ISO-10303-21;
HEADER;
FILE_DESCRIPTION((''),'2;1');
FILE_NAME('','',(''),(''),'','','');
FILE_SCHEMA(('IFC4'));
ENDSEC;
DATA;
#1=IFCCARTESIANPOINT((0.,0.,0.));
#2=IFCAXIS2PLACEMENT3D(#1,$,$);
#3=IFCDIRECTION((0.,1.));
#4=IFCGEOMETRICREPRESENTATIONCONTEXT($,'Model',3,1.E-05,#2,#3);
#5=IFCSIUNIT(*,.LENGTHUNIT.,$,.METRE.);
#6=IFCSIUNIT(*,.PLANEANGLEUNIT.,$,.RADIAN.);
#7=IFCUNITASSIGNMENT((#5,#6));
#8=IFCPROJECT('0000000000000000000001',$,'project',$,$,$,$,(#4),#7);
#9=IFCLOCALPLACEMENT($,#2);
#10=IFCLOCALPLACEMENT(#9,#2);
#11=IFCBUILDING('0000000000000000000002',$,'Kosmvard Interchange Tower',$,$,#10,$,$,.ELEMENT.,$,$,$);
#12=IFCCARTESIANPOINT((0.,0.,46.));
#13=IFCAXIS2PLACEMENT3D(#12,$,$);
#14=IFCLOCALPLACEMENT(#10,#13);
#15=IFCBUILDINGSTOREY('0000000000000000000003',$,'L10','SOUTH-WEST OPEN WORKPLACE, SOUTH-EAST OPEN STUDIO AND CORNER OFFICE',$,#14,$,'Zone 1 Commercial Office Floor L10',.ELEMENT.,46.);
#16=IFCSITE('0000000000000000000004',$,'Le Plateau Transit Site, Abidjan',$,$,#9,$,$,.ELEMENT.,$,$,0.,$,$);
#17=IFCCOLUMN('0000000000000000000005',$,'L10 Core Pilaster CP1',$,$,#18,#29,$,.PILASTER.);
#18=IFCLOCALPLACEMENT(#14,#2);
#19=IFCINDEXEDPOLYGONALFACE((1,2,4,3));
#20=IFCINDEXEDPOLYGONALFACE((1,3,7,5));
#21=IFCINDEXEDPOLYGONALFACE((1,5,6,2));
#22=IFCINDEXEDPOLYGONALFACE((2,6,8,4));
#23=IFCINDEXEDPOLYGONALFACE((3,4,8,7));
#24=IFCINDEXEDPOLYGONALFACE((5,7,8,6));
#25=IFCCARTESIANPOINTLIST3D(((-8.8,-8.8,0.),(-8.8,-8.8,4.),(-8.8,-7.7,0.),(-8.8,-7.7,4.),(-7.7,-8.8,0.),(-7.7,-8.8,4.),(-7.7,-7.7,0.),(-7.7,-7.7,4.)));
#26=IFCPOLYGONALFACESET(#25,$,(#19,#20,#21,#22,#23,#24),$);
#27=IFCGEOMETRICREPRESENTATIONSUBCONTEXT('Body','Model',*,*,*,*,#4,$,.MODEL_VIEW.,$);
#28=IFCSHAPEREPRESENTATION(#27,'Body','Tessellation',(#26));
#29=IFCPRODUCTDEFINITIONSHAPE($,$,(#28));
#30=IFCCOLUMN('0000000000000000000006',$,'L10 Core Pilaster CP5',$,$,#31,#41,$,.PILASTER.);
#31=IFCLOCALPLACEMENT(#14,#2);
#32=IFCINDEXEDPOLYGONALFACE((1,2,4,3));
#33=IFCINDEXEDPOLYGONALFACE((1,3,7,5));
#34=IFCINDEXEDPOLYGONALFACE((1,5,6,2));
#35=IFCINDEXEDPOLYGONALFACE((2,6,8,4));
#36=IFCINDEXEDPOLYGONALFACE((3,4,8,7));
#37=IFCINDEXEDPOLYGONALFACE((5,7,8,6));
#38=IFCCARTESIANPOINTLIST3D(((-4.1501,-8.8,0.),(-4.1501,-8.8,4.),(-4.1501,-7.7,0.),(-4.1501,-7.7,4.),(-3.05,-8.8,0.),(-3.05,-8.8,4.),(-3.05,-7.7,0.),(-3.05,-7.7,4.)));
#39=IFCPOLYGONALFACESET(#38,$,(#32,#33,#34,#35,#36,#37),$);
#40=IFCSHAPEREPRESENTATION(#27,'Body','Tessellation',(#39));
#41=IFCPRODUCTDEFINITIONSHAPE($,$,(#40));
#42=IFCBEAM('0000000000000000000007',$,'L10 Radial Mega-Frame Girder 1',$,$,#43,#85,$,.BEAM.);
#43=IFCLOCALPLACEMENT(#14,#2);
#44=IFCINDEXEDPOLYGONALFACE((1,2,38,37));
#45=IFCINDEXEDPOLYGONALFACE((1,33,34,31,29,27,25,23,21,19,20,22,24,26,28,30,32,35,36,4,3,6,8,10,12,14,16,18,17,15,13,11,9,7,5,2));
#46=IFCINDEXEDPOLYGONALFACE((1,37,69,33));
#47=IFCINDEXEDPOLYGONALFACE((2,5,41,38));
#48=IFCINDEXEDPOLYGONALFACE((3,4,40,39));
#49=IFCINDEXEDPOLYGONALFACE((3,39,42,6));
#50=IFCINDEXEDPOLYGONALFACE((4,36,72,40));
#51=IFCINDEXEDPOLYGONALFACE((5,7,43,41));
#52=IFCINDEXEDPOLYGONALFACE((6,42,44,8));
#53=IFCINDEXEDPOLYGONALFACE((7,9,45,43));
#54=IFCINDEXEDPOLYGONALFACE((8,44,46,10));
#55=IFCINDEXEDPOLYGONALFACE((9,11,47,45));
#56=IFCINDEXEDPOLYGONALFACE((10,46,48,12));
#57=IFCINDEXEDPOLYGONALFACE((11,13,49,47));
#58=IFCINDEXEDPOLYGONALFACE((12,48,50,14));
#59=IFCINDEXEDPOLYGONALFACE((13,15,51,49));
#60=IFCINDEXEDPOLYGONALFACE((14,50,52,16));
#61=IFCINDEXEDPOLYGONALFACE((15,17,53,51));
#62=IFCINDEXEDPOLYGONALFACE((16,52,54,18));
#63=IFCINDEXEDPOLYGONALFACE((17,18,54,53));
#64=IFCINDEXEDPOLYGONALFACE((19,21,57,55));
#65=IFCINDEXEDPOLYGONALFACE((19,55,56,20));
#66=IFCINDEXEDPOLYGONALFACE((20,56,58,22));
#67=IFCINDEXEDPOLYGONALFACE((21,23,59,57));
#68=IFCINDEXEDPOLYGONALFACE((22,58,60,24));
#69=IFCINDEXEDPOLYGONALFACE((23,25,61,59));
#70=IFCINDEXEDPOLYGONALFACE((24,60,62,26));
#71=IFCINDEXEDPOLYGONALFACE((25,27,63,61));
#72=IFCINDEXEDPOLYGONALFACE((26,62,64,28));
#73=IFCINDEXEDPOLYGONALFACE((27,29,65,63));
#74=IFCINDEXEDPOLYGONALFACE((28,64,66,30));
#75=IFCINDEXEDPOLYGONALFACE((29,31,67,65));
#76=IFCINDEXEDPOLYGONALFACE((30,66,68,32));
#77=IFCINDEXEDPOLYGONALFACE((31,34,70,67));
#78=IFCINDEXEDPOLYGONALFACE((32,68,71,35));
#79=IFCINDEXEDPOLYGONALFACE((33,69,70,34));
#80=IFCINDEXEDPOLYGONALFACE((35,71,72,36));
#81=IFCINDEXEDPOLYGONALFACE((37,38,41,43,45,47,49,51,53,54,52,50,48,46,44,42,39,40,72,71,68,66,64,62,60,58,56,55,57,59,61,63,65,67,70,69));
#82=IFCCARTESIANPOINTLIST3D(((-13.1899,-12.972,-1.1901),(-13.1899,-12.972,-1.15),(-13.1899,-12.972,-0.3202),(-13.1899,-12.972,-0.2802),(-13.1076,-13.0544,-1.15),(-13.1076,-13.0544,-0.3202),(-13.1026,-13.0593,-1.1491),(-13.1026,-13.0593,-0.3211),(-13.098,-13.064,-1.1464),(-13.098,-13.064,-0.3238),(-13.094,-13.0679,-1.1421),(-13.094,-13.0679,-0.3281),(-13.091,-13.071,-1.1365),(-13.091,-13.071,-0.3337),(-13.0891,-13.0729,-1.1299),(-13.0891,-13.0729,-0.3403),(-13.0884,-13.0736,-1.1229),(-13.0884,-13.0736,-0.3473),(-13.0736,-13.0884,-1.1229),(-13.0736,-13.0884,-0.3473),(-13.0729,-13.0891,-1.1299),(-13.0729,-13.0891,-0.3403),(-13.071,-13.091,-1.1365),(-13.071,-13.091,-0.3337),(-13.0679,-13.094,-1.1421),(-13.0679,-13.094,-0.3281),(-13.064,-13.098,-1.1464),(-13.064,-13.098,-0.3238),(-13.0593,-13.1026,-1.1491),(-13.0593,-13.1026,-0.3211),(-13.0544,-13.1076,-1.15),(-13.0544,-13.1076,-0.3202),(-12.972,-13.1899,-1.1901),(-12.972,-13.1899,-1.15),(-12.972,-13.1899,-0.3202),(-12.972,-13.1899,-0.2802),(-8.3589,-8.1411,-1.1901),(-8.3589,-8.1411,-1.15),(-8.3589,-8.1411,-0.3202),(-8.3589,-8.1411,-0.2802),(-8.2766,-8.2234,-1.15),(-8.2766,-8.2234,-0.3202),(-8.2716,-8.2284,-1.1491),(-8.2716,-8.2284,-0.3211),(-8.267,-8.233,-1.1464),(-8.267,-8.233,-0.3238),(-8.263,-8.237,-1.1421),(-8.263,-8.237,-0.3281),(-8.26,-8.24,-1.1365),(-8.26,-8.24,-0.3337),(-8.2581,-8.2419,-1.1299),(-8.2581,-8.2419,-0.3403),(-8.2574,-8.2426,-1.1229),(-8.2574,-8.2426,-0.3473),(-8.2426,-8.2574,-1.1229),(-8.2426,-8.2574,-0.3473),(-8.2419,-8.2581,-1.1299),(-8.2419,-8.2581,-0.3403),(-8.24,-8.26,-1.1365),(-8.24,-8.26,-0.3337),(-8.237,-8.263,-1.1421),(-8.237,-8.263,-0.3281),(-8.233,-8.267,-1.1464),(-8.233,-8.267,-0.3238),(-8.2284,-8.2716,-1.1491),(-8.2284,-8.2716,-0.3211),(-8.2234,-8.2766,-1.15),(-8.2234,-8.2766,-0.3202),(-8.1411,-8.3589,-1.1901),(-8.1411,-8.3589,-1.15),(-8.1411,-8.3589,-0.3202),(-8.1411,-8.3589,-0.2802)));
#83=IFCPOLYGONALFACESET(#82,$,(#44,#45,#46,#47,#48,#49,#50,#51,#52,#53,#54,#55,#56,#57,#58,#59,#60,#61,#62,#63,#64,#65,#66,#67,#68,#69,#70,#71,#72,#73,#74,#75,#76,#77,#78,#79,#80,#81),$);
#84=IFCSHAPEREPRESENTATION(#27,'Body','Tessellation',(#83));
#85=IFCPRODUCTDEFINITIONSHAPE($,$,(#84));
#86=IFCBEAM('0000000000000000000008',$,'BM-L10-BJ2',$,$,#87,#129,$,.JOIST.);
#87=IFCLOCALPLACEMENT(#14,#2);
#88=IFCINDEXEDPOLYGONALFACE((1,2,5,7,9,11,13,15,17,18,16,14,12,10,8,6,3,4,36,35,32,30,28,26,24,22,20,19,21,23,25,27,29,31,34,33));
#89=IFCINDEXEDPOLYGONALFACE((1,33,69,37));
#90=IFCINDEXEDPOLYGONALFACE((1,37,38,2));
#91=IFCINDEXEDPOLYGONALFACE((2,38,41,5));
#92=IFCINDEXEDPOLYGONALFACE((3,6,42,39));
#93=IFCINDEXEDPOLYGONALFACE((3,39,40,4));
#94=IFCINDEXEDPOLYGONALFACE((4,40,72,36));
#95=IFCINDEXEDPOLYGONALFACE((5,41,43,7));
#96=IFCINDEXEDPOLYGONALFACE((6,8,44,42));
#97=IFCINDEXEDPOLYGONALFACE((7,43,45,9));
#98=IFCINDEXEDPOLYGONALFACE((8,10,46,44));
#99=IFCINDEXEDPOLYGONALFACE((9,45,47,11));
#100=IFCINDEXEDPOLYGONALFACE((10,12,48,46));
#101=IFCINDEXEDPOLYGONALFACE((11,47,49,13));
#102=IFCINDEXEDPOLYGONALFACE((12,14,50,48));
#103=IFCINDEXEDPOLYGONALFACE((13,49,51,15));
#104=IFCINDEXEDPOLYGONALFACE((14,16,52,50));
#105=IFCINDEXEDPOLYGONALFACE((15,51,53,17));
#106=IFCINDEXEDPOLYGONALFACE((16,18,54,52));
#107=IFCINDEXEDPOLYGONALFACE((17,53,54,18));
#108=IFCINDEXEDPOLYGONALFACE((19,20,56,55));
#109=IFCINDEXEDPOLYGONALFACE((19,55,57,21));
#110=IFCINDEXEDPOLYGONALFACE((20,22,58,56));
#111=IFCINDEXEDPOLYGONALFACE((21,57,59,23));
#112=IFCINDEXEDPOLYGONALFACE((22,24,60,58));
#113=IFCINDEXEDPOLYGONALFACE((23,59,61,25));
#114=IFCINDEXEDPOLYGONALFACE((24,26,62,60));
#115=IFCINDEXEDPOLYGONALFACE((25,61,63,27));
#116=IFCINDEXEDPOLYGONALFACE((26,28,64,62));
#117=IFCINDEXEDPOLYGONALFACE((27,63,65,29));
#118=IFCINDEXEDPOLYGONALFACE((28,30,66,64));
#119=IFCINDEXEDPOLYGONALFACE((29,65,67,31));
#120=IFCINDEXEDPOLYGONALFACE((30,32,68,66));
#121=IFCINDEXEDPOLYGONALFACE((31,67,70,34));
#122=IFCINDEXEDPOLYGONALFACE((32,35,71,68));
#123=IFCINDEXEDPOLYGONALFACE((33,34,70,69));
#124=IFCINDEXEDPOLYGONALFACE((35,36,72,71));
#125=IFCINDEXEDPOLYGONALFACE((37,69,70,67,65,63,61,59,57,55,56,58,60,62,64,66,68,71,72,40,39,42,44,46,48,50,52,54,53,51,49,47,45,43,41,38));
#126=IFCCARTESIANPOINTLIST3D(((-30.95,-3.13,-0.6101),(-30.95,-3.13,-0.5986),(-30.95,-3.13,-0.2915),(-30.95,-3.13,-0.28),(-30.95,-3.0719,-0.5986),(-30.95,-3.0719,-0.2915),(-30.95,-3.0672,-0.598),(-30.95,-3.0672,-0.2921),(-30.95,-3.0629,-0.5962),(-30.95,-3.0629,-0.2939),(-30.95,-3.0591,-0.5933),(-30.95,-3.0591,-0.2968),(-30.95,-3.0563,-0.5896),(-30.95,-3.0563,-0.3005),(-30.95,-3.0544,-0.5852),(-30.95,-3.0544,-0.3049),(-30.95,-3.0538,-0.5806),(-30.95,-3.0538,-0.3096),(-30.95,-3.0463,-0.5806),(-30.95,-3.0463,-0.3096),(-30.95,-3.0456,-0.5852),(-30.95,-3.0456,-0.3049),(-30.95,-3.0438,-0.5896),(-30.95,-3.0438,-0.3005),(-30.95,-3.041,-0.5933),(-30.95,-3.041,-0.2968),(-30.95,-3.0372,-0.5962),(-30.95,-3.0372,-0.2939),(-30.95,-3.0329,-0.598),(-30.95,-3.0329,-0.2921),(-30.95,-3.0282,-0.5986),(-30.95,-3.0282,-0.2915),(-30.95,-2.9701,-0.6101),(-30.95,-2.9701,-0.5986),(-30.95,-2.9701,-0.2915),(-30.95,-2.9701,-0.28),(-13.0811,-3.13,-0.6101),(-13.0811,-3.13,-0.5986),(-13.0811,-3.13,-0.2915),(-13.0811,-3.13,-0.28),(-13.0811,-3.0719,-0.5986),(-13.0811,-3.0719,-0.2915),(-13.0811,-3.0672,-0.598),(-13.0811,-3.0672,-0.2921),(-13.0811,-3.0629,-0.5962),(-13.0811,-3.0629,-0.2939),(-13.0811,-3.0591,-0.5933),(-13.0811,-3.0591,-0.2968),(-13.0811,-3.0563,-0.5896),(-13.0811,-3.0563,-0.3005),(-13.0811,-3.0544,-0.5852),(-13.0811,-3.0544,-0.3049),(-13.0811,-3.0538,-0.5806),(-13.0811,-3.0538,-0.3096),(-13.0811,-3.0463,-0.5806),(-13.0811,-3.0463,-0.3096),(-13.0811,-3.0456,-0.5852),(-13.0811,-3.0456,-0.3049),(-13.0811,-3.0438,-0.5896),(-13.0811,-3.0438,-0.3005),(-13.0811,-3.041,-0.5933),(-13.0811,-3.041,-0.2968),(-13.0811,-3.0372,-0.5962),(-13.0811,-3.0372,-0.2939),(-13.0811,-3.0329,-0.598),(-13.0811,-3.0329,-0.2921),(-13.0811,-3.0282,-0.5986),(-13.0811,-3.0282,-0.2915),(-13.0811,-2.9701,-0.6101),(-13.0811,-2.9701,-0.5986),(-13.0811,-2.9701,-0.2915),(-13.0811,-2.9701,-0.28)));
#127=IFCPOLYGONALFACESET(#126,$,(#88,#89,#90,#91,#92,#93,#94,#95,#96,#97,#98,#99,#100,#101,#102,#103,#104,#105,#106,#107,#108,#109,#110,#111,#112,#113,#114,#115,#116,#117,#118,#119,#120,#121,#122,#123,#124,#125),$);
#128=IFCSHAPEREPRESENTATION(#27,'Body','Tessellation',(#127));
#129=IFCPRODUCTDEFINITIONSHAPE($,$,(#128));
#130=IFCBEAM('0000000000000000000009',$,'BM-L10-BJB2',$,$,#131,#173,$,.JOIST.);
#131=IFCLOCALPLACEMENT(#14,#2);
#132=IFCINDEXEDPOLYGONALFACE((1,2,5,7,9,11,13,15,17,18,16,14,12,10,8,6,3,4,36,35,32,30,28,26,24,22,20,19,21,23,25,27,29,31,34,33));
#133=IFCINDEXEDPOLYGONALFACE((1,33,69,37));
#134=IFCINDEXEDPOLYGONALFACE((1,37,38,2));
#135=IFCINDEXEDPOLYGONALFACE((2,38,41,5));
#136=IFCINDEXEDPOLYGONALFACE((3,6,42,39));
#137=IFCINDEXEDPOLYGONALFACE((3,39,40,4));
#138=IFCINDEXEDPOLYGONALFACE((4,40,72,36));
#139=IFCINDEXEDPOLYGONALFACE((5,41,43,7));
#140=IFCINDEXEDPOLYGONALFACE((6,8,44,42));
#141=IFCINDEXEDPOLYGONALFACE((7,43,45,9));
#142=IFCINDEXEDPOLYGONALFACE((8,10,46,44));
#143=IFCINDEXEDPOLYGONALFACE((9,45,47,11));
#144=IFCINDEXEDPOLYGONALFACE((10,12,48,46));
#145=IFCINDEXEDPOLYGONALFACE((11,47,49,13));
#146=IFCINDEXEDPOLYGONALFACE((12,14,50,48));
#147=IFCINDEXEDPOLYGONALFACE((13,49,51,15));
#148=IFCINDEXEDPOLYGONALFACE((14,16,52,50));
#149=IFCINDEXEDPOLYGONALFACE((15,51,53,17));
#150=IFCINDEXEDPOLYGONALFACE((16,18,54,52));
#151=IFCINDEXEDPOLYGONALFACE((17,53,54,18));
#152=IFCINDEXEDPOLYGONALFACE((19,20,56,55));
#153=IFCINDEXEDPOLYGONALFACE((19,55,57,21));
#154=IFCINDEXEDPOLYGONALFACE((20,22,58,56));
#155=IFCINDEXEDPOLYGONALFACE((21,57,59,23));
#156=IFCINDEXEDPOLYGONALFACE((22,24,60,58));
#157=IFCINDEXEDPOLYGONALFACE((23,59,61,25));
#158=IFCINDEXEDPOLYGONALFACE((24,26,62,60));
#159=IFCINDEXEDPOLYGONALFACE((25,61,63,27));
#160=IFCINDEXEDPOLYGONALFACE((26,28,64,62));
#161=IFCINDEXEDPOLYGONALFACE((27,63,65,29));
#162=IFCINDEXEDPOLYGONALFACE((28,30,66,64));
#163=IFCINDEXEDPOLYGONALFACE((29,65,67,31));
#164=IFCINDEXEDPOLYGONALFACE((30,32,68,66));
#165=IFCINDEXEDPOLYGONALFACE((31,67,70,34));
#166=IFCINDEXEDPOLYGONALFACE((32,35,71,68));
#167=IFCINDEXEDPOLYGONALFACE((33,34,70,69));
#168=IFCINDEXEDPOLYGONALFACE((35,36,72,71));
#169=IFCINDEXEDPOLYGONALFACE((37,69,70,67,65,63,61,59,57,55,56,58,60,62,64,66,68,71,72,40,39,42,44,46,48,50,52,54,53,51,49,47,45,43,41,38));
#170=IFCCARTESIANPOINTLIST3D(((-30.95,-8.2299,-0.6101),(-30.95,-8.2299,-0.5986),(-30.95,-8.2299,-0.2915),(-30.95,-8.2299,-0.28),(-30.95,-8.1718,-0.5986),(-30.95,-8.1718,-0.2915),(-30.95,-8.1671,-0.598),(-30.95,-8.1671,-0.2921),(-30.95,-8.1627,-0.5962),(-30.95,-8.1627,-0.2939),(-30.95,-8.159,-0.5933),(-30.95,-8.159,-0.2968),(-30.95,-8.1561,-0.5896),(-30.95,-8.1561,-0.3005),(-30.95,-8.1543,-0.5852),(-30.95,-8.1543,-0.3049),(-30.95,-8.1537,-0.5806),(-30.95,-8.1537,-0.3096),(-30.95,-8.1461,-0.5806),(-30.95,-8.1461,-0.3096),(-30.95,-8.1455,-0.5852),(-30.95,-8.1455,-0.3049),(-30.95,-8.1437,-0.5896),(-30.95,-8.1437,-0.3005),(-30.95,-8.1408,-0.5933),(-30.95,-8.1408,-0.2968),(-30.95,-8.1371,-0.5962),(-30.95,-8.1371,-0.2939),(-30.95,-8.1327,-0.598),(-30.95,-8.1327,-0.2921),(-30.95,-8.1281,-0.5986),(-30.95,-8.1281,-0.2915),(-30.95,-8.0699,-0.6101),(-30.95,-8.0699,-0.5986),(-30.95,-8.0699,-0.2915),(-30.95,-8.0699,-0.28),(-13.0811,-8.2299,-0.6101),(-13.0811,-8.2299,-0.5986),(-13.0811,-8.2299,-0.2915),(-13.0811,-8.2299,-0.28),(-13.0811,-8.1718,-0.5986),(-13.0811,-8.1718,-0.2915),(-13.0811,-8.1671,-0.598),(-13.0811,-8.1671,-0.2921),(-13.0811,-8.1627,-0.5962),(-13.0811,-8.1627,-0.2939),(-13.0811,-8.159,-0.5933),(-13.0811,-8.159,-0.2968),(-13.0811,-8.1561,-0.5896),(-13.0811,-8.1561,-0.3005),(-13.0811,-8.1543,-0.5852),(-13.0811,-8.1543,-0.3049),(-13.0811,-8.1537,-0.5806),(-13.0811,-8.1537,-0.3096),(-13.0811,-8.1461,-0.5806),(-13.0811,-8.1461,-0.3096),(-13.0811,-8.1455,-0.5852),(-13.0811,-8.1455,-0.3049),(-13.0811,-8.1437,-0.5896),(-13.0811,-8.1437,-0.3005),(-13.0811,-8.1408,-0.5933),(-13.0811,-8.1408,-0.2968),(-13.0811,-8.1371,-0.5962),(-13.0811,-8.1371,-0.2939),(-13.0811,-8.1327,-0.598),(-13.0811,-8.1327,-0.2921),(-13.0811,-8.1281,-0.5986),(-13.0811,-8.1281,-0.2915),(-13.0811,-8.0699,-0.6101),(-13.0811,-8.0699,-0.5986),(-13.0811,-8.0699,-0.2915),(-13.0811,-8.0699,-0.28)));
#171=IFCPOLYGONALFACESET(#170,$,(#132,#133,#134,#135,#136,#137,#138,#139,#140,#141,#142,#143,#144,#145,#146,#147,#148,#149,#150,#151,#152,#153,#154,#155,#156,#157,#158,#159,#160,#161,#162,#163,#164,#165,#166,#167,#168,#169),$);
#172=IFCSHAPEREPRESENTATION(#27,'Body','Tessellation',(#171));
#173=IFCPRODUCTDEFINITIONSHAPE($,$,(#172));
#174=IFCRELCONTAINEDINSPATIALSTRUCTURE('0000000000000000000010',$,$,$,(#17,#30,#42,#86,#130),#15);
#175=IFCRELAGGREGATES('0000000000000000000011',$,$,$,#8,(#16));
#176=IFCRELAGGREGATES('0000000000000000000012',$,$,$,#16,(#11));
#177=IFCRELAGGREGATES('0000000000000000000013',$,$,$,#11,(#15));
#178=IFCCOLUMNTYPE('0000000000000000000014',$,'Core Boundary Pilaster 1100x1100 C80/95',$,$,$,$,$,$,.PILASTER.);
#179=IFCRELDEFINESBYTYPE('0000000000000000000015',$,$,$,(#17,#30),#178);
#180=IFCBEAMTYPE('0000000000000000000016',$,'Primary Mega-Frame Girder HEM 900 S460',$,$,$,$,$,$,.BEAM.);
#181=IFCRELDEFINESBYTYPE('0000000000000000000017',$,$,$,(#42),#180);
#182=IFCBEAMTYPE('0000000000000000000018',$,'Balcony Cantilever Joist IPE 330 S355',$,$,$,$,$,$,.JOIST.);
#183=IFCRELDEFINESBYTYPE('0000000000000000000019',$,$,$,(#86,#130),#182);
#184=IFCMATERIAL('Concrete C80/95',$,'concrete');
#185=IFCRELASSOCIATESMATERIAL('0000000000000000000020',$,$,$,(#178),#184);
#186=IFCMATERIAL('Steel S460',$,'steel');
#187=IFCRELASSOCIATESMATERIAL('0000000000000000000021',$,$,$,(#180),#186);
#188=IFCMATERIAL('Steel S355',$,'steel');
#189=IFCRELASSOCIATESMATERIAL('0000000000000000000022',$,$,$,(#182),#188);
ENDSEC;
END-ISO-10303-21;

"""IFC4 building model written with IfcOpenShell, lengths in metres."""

from ifc_helpers import new_model, si_unit, direction, frame, origin, origin_2d, place, context, subcontext, project, spatial, rectangle, i_section, extrude, source, transform, mapped, material, material_profile, profile_set, type_object, element, save


model = new_model("IFC4")

# Units and contexts
model_context = context("Model", 3, precision=1e-05, world=origin(), true_north=direction((0.0, 1.0)))
body_context = subcontext(model_context, "Body", "Model", "MODEL_VIEW")
ifc_project = project(units=[si_unit("LENGTHUNIT", "METRE"), si_unit("PLANEANGLEUNIT", "RADIAN")], contexts=[model_context])

# Site, building, storey
site_placement = place(None, origin())
site = spatial("IfcSite", under=ifc_project, at=site_placement, Name="Le Plateau Transit Site, Abidjan", CompositionType="ELEMENT", RefElevation=0.0)
building_placement = place(site_placement, origin())
building = spatial("IfcBuilding", under=site, at=building_placement, Name="Kosmvard Interchange Tower", CompositionType="ELEMENT")
storey_placement = place(building_placement, frame((0.0, 0.0, 46.0)))
storey = spatial("IfcBuildingStorey", under=building, at=storey_placement, Name="L10", Description="SOUTH-WEST OPEN WORKPLACE, SOUTH-EAST OPEN STUDIO AND CORNER OFFICE", LongName="Zone 1 Commercial Office Floor L10", CompositionType="ELEMENT", Elevation=46.0)

# Columns
ifc_material_1 = material(Name="Concrete C80/95", Category="concrete")
ifc_material_profile_1 = material_profile(ifc_material_1, rectangle(XDim=1.1001, YDim=1.1001, at=origin_2d()), Name="CP 1100x1100")
ifc_profile_set_1 = profile_set([ifc_material_profile_1], Name="Concrete C80/95")
column_type = type_object("IfcColumnType", Name="Core Boundary Pilaster 1100x1100 C80/95", PredefinedType="PILASTER", material=ifc_profile_set_1)
shared_shape_1 = source(origin(), body_context, "Body", "SweptSolid", [
    extrude(rectangle(XDim=1.1001, YDim=1.1001, at=origin_2d()), origin(), (0.0, 0.0, 1.0), 4.0),
])
for number, where, z_axis, x_axis, name in (
    (1, (-8.25, -8.25, 0.0), (0.0, 0.0, 1.0), (1.0, 0.0, 0.0), "L10 Core Pilaster CP1"),
    (2, (-3.6001, -8.25, 0.0), (0.0, 0.0, 1.0), (1.0, 0.0, 0.0), "L10 Core Pilaster CP5"),
):
    element("IfcColumn", number, at=place(storey_placement, frame(where, z_axis=z_axis, x_axis=x_axis)), inside=storey, type_object=column_type, Name=name, PredefinedType="PILASTER", context=body_context, shape_type="MappedRepresentation", body=[
        mapped(shared_shape_1, transform((0.0, 0.0, 0.0), scale=1.0)),
    ])

# Beams
ifc_material_2 = material(Name="Steel S460", Category="steel")
ifc_material_profile_2 = material_profile(ifc_material_2, i_section(OverallWidth=0.3081, OverallDepth=0.9099, WebThickness=0.021, FlangeThickness=0.04, FilletRadius=0.0271, at=origin_2d()), Name="HEM 900")
ifc_profile_set_2 = profile_set([ifc_material_profile_2], Name="Steel S460")
beam_type_1 = type_object("IfcBeamType", Name="Primary Mega-Frame Girder HEM 900 S460", PredefinedType="BEAM", material=ifc_profile_set_2)
shared_shape_2 = source(origin(), body_context, "Body", "SweptSolid", [
    extrude(i_section(OverallWidth=0.3081, OverallDepth=0.9099, WebThickness=0.021, FlangeThickness=0.04, FilletRadius=0.0271, at=origin_2d()), origin(), (0.0, 0.0, 1.0), 6.832),
])
beam_1_placement = place(storey_placement, frame((-8.25, -8.25, -0.7351), z_axis=(-0.707107, -0.707107, 0.0), x_axis=(0.707107, -0.707107, 0.0)))
element("IfcBeam", 3, at=beam_1_placement, inside=storey, type_object=beam_type_1, Name="L10 Radial Mega-Frame Girder 1", PredefinedType="BEAM", context=body_context, shape_type="MappedRepresentation", body=[
    mapped(shared_shape_2, transform((0.0, 0.0, 0.0), scale=1.0)),
])
ifc_material_3 = material(Name="Steel S355", Category="steel")
ifc_material_profile_3 = material_profile(ifc_material_3, i_section(OverallWidth=0.1599, OverallDepth=0.3301, WebThickness=0.0076, FlangeThickness=0.0115, FilletRadius=0.0181, at=origin_2d()), Name="IPE 330")
ifc_profile_set_3 = profile_set([ifc_material_profile_3], Name="Steel S355")
beam_type_2 = type_object("IfcBeamType", Name="Balcony Cantilever Joist IPE 330 S355", PredefinedType="JOIST", material=ifc_profile_set_3)
shared_shape_3 = source(origin(), body_context, "Body", "SweptSolid", [
    extrude(i_section(OverallWidth=0.1599, OverallDepth=0.3301, WebThickness=0.0076, FlangeThickness=0.0115, FilletRadius=0.0181, at=origin_2d()), origin(), (0.0, 0.0, 1.0), 17.8689),
])
for number, where, z_axis, x_axis, name in (
    (4, (-13.0811, -3.05, -0.4451), (-1.0, 0.0, 0.0), (0.0, -1.0, 0.0), "BM-L10-BJ2"),
    (5, (-13.0811, -8.1499, -0.4451), (-1.0, 0.0, 0.0), (0.0, -1.0, 0.0), "BM-L10-BJB2"),
):
    element("IfcBeam", number, at=place(storey_placement, frame(where, z_axis=z_axis, x_axis=x_axis)), inside=storey, type_object=beam_type_2, Name=name, PredefinedType="JOIST", context=body_context, shape_type="MappedRepresentation", body=[
        mapped(shared_shape_3, transform((0.0, 0.0, 0.0), scale=1.0)),
    ])

save(model, "model.ifc")
